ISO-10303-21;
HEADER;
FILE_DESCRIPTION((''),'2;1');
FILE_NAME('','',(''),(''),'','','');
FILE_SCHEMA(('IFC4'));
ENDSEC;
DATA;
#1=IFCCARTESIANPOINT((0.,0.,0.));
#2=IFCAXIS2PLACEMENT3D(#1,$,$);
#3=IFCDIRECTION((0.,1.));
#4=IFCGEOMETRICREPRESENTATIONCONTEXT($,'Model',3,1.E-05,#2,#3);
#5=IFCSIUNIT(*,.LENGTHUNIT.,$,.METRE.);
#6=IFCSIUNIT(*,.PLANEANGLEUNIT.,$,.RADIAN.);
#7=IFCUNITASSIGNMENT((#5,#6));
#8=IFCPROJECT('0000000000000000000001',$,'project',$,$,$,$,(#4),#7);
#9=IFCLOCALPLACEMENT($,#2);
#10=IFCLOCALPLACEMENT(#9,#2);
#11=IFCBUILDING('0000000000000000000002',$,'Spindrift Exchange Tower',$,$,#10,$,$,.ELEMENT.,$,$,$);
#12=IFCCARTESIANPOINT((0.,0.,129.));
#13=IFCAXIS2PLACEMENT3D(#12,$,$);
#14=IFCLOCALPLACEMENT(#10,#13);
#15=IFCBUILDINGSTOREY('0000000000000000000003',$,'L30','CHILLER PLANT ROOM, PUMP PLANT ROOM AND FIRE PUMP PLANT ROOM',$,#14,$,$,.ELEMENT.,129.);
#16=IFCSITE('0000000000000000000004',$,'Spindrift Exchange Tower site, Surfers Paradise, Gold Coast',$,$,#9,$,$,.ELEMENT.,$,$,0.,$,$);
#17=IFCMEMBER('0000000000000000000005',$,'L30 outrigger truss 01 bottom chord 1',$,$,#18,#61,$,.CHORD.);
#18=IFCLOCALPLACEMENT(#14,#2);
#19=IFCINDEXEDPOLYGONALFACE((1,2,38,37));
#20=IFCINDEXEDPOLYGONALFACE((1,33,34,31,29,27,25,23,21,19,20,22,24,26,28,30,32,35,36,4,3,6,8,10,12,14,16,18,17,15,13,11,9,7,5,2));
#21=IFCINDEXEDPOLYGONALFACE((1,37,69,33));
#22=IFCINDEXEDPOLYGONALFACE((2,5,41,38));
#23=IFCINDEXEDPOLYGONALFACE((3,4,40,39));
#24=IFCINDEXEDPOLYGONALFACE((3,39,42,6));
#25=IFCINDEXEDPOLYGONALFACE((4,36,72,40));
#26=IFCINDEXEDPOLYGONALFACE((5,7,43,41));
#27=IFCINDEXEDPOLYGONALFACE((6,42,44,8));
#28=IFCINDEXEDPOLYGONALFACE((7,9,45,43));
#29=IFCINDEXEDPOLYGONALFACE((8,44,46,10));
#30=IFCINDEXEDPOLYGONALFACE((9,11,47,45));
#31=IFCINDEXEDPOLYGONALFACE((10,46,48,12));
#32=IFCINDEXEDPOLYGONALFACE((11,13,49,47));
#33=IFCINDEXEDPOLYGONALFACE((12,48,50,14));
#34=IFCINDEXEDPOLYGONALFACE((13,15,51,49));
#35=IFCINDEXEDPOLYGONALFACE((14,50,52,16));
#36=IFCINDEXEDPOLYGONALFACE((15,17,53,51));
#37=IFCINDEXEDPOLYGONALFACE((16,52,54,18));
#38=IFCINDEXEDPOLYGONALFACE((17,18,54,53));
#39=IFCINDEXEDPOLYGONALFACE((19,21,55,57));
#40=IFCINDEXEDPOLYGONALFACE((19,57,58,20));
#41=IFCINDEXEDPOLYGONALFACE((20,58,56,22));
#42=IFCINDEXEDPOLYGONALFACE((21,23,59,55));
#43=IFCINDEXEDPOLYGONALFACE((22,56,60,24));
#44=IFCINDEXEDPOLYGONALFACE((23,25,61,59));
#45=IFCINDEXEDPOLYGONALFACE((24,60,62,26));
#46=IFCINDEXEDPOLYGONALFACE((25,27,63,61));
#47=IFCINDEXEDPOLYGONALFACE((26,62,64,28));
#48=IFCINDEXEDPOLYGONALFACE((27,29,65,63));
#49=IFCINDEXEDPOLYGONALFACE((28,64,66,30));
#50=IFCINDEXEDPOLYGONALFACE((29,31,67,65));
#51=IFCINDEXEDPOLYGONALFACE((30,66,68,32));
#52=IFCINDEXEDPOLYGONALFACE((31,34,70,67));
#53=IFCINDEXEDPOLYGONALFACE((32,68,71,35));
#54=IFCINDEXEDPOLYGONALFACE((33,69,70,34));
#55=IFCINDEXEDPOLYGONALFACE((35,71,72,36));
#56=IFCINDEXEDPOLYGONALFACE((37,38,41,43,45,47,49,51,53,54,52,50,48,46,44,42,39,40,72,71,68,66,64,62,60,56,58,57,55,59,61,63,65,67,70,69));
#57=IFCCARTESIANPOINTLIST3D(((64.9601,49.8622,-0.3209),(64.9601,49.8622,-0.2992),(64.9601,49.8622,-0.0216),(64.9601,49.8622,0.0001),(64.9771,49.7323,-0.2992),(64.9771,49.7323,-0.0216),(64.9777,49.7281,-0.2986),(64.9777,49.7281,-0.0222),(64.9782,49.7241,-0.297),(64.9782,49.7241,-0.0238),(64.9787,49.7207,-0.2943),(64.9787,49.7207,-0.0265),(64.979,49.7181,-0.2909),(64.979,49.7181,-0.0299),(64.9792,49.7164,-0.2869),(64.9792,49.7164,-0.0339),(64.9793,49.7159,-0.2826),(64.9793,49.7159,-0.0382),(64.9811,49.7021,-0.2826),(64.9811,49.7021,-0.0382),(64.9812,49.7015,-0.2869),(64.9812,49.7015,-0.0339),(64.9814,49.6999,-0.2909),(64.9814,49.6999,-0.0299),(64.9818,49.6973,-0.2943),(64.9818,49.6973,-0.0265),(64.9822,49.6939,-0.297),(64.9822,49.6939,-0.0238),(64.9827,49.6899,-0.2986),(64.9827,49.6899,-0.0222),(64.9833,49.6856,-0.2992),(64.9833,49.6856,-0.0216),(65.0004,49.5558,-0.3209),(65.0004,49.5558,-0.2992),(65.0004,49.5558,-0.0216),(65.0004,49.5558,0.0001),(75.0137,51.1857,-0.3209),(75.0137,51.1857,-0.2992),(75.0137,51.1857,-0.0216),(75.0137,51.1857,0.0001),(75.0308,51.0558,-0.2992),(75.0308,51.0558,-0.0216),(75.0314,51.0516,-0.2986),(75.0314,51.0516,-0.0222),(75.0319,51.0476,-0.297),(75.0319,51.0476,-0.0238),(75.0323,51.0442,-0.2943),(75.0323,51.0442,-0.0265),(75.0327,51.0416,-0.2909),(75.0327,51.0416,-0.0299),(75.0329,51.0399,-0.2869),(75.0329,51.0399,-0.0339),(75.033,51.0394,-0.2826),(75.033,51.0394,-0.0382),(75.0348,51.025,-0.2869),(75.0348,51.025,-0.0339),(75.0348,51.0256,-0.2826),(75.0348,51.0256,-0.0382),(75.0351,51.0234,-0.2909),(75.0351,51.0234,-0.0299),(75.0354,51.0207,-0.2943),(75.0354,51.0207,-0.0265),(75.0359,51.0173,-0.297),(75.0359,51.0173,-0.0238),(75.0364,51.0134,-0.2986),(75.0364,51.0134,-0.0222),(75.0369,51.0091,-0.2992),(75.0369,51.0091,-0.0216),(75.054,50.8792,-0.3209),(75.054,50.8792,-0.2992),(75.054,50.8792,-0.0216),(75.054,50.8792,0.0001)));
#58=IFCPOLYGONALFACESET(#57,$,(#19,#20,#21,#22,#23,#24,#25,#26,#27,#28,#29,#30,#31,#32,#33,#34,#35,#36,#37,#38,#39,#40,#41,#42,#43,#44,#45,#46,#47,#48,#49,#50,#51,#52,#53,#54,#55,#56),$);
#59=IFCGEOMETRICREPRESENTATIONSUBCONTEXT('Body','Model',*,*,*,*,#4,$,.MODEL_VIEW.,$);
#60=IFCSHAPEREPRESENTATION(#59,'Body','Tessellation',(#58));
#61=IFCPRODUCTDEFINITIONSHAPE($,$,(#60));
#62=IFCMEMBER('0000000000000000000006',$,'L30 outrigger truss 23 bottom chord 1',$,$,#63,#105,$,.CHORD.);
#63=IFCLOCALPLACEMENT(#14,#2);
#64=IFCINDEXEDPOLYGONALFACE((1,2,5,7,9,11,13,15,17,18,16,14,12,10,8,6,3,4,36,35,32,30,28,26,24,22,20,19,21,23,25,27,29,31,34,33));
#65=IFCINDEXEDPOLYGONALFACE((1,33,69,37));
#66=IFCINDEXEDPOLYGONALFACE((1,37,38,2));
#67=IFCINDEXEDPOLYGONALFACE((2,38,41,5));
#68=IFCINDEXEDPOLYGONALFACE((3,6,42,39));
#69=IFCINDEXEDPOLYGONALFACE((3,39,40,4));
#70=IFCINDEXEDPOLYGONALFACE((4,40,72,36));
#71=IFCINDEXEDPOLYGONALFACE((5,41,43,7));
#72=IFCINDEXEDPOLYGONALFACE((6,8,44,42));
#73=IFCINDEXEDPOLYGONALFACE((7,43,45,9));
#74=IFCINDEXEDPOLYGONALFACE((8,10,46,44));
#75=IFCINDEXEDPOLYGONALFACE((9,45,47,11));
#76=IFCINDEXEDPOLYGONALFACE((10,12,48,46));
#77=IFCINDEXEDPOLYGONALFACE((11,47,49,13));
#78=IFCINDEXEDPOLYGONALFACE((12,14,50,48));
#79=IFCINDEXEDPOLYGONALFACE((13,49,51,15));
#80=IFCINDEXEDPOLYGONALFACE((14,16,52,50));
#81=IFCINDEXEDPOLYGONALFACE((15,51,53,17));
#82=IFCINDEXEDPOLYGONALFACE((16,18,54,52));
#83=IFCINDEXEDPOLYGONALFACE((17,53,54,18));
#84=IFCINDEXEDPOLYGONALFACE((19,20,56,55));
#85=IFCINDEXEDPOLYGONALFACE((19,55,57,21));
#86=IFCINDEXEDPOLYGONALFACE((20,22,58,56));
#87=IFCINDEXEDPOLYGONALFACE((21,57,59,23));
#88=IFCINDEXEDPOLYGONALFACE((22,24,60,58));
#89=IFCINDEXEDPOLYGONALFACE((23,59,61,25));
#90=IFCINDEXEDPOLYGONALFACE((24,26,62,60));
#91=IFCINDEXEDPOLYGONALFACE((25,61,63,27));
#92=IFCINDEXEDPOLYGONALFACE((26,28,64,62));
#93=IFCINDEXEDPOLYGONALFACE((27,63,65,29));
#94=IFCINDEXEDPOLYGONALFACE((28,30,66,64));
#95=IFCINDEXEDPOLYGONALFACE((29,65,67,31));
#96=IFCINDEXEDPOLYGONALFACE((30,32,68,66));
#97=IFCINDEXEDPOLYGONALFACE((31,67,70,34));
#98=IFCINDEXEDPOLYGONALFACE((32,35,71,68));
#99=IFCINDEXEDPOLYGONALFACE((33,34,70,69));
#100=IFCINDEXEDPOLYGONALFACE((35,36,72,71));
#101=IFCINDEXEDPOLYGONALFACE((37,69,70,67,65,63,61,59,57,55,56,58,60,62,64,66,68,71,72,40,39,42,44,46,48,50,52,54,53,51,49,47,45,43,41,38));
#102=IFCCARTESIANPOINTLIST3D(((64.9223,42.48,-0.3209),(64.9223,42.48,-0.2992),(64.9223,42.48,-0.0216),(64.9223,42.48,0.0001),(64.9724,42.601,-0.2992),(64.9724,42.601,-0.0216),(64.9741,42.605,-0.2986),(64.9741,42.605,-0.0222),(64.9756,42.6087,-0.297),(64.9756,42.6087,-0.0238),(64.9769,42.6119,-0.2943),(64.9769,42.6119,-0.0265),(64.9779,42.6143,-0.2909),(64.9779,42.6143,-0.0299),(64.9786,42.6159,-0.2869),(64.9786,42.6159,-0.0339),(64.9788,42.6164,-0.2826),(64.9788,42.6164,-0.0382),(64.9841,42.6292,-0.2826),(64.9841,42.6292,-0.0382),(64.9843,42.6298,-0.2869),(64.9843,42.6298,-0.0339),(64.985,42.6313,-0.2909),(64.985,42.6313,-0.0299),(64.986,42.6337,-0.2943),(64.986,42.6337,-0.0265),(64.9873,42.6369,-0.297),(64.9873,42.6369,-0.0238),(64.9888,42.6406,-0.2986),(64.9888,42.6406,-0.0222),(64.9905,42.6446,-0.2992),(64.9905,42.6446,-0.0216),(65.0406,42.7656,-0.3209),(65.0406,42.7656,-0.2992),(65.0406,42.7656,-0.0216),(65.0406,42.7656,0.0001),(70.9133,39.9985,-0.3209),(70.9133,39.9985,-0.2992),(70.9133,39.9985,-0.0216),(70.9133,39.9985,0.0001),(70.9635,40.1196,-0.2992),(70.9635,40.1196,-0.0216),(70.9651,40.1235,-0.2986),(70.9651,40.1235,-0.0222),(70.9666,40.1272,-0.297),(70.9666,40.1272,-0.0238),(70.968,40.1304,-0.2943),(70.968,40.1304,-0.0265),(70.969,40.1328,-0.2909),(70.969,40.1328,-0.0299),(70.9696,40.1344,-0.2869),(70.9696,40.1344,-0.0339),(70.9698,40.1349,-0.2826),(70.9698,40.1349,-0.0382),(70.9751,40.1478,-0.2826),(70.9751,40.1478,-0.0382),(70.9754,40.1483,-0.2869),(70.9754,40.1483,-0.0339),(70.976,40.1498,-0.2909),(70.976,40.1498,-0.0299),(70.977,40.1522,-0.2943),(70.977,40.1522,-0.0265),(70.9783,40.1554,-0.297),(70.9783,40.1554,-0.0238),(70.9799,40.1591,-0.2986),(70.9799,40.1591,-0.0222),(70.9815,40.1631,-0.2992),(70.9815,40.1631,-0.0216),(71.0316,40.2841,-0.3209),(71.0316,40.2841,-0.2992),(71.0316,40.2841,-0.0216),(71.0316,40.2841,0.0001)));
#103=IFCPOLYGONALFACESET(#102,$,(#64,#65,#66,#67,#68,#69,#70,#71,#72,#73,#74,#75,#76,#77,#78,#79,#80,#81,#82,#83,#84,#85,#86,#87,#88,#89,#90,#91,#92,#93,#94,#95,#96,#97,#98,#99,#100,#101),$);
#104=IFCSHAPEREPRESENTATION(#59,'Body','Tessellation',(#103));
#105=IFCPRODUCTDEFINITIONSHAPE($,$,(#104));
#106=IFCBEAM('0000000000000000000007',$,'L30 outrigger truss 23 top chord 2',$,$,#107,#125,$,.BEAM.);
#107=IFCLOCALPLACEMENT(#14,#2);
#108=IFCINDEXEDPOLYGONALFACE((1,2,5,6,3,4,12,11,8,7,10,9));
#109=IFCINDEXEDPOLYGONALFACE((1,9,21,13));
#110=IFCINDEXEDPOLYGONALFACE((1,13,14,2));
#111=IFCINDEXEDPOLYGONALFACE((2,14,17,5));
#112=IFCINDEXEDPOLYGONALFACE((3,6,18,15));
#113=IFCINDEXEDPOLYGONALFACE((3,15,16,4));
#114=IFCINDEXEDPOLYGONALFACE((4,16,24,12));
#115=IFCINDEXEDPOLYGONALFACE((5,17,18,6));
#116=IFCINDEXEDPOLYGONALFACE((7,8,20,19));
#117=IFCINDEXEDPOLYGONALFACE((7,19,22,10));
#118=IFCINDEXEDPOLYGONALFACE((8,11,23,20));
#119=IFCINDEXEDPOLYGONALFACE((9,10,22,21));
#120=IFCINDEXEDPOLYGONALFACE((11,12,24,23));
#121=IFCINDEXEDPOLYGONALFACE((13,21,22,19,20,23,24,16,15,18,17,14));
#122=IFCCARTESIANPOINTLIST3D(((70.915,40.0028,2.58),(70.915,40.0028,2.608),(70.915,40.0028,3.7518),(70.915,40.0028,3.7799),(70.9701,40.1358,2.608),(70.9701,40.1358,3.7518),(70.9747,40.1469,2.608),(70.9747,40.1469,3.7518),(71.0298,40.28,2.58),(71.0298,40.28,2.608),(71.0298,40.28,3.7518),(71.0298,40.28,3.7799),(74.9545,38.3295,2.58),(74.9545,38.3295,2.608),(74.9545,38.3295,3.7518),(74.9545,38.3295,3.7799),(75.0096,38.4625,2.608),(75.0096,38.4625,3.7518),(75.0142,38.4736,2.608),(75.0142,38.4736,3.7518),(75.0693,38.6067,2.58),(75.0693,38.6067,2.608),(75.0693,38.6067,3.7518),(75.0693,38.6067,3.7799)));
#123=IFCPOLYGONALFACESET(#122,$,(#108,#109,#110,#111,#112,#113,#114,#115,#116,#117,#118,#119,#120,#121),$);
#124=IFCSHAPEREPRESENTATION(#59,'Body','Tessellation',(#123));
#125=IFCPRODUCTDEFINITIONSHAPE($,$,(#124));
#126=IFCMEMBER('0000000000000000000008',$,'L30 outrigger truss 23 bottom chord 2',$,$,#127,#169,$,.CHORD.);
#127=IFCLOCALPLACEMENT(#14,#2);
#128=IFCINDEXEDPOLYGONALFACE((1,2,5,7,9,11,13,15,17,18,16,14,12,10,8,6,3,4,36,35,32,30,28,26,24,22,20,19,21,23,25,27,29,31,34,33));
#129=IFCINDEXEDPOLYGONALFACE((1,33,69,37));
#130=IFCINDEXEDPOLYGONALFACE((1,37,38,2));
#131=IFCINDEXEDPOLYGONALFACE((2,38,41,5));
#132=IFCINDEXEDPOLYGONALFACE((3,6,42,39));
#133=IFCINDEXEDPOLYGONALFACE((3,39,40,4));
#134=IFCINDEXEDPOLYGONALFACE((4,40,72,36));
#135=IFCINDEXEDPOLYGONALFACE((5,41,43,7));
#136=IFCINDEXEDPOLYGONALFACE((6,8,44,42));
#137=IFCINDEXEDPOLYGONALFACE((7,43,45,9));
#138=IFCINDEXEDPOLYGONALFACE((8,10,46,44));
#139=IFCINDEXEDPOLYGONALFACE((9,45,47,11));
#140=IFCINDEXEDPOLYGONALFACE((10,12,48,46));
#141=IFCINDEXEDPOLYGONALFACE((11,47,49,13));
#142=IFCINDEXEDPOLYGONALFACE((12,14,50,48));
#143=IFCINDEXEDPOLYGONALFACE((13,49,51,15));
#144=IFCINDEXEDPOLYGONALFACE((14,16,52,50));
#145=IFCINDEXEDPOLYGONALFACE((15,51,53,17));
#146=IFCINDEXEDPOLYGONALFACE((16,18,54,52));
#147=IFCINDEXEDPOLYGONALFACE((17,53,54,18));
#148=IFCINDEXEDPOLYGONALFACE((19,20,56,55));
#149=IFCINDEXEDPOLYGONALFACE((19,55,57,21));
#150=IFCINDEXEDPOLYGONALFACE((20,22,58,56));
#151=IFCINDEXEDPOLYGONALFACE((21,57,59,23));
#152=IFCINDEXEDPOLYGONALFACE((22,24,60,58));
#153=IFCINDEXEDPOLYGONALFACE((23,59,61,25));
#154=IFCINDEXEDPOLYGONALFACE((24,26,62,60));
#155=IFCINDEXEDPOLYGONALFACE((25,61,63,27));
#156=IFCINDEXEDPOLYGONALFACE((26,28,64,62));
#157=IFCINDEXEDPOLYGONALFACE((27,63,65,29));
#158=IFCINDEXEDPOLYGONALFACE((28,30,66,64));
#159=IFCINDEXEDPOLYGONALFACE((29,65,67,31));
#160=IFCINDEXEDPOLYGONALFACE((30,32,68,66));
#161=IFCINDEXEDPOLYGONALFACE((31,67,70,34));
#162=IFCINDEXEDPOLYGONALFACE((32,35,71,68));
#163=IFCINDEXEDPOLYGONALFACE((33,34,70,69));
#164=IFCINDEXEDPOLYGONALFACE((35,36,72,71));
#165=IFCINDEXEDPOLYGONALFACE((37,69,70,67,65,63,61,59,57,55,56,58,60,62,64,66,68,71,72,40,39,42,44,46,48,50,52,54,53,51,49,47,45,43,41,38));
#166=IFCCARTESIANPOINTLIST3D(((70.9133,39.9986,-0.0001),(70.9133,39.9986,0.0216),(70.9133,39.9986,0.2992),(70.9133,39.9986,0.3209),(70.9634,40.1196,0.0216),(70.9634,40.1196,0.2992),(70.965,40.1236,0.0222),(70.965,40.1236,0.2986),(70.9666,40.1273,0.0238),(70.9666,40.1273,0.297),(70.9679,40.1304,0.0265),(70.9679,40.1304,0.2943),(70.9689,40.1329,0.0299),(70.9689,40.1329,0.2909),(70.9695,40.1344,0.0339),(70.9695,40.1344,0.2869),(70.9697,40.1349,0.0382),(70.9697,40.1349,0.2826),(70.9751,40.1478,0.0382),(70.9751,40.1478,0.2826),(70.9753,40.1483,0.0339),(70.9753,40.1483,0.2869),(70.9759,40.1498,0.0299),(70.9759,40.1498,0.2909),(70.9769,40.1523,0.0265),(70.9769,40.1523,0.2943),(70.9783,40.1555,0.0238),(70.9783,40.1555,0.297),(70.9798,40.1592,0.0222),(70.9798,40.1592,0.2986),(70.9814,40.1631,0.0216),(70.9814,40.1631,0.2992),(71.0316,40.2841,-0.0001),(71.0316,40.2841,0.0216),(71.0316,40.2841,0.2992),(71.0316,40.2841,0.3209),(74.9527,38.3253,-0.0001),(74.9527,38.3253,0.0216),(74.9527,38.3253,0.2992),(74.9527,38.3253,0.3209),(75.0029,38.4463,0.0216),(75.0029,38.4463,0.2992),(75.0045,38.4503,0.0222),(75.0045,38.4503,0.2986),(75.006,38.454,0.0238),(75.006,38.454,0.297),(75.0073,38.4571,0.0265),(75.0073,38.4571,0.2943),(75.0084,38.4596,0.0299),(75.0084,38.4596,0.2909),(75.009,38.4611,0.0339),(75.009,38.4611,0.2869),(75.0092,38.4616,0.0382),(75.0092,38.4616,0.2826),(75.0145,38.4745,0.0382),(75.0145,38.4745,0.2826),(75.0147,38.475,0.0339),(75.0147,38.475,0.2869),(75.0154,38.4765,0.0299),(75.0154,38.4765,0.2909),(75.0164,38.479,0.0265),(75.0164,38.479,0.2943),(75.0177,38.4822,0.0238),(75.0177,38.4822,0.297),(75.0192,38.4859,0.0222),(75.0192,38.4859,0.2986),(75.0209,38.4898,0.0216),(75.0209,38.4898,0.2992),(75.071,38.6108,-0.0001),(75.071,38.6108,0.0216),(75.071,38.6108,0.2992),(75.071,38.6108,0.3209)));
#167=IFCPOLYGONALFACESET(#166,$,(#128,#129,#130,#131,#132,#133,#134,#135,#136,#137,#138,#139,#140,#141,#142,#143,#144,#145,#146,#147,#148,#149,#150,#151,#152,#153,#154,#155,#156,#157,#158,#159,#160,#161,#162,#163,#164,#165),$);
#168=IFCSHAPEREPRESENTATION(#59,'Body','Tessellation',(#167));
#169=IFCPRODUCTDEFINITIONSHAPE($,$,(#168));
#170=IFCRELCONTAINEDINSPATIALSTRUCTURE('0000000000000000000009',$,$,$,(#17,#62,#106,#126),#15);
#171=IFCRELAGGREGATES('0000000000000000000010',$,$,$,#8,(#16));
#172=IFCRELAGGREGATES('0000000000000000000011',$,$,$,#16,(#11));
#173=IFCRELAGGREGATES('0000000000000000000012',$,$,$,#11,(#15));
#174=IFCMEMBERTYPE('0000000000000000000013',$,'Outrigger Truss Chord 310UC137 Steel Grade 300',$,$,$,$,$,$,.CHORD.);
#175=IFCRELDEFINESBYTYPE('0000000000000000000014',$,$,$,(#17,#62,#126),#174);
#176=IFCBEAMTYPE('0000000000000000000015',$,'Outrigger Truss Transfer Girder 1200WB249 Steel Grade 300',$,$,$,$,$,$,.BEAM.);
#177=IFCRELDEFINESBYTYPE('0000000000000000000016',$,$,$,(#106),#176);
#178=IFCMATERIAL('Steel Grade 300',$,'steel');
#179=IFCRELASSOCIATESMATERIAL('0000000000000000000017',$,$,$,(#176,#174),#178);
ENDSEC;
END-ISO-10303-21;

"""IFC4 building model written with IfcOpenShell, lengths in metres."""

from ifc_helpers import new_model, si_unit, direction, frame, origin, origin_2d, place, context, subcontext, project, spatial, i_section, extrude, source, transform, mapped, material, material_profile, profile_set, type_object, element, save


model = new_model("IFC4")

# Units and contexts
model_context = context("Model", 3, precision=1e-05, world=origin(), true_north=direction((0.0, 1.0)))
body_context = subcontext(model_context, "Body", "Model", "MODEL_VIEW")
ifc_project = project(units=[si_unit("LENGTHUNIT", "METRE"), si_unit("PLANEANGLEUNIT", "RADIAN")], contexts=[model_context])

# Site, building, storey
site_placement = place(None, origin())
site = spatial("IfcSite", under=ifc_project, at=site_placement, Name="Spindrift Exchange Tower site, Surfers Paradise, Gold Coast", CompositionType="ELEMENT", RefElevation=0.0)
building_placement = place(site_placement, origin())
building = spatial("IfcBuilding", under=site, at=building_placement, Name="Spindrift Exchange Tower", CompositionType="ELEMENT")
storey_placement = place(building_placement, frame((0.0, 0.0, 129.0)))
storey = spatial("IfcBuildingStorey", under=building, at=storey_placement, Name="L30", Description="CHILLER PLANT ROOM, PUMP PLANT ROOM AND FIRE PUMP PLANT ROOM", CompositionType="ELEMENT", Elevation=129.0)

# Shared definitions
ifc_material_1 = material(Name="Steel Grade 300", Category="steel")
ifc_material_profile_1 = material_profile(ifc_material_1, i_section(OverallWidth=0.3, OverallDepth=1.2, WebThickness=0.012, FlangeThickness=0.0281, at=origin_2d()), Name="1200WB249")
ifc_profile_set_1 = profile_set([ifc_material_profile_1], Name="Steel Grade 300")
beam_type = type_object("IfcBeamType", Name="Outrigger Truss Transfer Girder 1200WB249 Steel Grade 300", PredefinedType="BEAM", material=ifc_profile_set_1)

# Members
ifc_material_profile_2 = material_profile(ifc_material_1, i_section(OverallWidth=0.3091, OverallDepth=0.321, WebThickness=0.0139, FlangeThickness=0.0217, FilletRadius=0.0166, at=origin_2d()), Name="310UC137")
ifc_profile_set_2 = profile_set([ifc_material_profile_2], Name="Steel Grade 300")
member_type_1 = type_object("IfcMemberType", Name="Outrigger Truss Chord 310UC137 Steel Grade 300", PredefinedType="CHORD", material=ifc_profile_set_2)
shared_shape_1 = source(origin(), body_context, "Body", "SweptSolid", [
    extrude(i_section(OverallWidth=0.3091, OverallDepth=0.321, WebThickness=0.0139, FlangeThickness=0.0217, FilletRadius=0.0166, at=origin_2d()), origin(), (0.0, 0.0, 1.0), 10.1404),
])
member_1_placement = place(storey_placement, frame((64.9802, 49.709, -0.1604), z_axis=(0.991446, 0.130516, 0.0), x_axis=(-0.130516, 0.991446, 0.0)))
element("IfcMember", 1, at=member_1_placement, inside=storey, type_object=member_type_1, Name="L30 outrigger truss 01 bottom chord 1", PredefinedType="CHORD", context=body_context, shape_type="MappedRepresentation", body=[
    mapped(shared_shape_1, transform((0.0, 0.0, 0.0), scale=1.0)),
])
shared_shape_2 = source(origin(), body_context, "Body", "SweptSolid", [
    extrude(i_section(OverallWidth=0.3091, OverallDepth=0.321, WebThickness=0.0139, FlangeThickness=0.0217, FilletRadius=0.0166, at=origin_2d()), origin(), (0.0, 0.0, 1.0), 6.4846),
])
member_2_placement = place(storey_placement, frame((64.9814, 42.6228, -0.1604), z_axis=(0.923885, -0.382671, 0.0), x_axis=(0.382671, 0.923885, 0.0)))
element("IfcMember", 2, at=member_2_placement, inside=storey, type_object=member_type_1, Name="L30 outrigger truss 23 bottom chord 1", PredefinedType="CHORD", context=body_context, shape_type="MappedRepresentation", body=[
    mapped(shared_shape_2, transform((0.0, 0.0, 0.0), scale=1.0)),
])

# Beam
shared_shape_3 = source(origin(), body_context, "Body", "SweptSolid", [
    extrude(i_section(OverallWidth=0.3, OverallDepth=1.2, WebThickness=0.012, FlangeThickness=0.0281, at=origin_2d()), origin(), (0.0, 0.0, 1.0), 4.3723),
])
beam_1_placement = place(storey_placement, frame((70.9724, 40.1414, 3.1799), z_axis=(0.923871, -0.382704, 0.0), x_axis=(0.382704, 0.923871, 0.0)))
element("IfcBeam", 3, at=beam_1_placement, inside=storey, type_object=beam_type, Name="L30 outrigger truss 23 top chord 2", PredefinedType="BEAM", context=body_context, shape_type="MappedRepresentation", body=[
    mapped(shared_shape_3, transform((0.0, 0.0, 0.0), scale=1.0)),
])

# Member
shared_shape_4 = source(origin(), body_context, "Body", "SweptSolid", [
    extrude(i_section(OverallWidth=0.3091, OverallDepth=0.321, WebThickness=0.0139, FlangeThickness=0.0217, FilletRadius=0.0166, at=origin_2d()), origin(), (0.0, 0.0, 1.0), 4.3723),
])
member_3_placement = place(storey_placement, frame((70.9724, 40.1414, 0.1604), z_axis=(0.923871, -0.382704, 0.0), x_axis=(0.382704, 0.923871, 0.0)))
element("IfcMember", 4, at=member_3_placement, inside=storey, type_object=member_type_1, Name="L30 outrigger truss 23 bottom chord 2", PredefinedType="CHORD", context=body_context, shape_type="MappedRepresentation", body=[
    mapped(shared_shape_4, transform((0.0, 0.0, 0.0), scale=1.0)),
])

save(model, "model.ifc")
